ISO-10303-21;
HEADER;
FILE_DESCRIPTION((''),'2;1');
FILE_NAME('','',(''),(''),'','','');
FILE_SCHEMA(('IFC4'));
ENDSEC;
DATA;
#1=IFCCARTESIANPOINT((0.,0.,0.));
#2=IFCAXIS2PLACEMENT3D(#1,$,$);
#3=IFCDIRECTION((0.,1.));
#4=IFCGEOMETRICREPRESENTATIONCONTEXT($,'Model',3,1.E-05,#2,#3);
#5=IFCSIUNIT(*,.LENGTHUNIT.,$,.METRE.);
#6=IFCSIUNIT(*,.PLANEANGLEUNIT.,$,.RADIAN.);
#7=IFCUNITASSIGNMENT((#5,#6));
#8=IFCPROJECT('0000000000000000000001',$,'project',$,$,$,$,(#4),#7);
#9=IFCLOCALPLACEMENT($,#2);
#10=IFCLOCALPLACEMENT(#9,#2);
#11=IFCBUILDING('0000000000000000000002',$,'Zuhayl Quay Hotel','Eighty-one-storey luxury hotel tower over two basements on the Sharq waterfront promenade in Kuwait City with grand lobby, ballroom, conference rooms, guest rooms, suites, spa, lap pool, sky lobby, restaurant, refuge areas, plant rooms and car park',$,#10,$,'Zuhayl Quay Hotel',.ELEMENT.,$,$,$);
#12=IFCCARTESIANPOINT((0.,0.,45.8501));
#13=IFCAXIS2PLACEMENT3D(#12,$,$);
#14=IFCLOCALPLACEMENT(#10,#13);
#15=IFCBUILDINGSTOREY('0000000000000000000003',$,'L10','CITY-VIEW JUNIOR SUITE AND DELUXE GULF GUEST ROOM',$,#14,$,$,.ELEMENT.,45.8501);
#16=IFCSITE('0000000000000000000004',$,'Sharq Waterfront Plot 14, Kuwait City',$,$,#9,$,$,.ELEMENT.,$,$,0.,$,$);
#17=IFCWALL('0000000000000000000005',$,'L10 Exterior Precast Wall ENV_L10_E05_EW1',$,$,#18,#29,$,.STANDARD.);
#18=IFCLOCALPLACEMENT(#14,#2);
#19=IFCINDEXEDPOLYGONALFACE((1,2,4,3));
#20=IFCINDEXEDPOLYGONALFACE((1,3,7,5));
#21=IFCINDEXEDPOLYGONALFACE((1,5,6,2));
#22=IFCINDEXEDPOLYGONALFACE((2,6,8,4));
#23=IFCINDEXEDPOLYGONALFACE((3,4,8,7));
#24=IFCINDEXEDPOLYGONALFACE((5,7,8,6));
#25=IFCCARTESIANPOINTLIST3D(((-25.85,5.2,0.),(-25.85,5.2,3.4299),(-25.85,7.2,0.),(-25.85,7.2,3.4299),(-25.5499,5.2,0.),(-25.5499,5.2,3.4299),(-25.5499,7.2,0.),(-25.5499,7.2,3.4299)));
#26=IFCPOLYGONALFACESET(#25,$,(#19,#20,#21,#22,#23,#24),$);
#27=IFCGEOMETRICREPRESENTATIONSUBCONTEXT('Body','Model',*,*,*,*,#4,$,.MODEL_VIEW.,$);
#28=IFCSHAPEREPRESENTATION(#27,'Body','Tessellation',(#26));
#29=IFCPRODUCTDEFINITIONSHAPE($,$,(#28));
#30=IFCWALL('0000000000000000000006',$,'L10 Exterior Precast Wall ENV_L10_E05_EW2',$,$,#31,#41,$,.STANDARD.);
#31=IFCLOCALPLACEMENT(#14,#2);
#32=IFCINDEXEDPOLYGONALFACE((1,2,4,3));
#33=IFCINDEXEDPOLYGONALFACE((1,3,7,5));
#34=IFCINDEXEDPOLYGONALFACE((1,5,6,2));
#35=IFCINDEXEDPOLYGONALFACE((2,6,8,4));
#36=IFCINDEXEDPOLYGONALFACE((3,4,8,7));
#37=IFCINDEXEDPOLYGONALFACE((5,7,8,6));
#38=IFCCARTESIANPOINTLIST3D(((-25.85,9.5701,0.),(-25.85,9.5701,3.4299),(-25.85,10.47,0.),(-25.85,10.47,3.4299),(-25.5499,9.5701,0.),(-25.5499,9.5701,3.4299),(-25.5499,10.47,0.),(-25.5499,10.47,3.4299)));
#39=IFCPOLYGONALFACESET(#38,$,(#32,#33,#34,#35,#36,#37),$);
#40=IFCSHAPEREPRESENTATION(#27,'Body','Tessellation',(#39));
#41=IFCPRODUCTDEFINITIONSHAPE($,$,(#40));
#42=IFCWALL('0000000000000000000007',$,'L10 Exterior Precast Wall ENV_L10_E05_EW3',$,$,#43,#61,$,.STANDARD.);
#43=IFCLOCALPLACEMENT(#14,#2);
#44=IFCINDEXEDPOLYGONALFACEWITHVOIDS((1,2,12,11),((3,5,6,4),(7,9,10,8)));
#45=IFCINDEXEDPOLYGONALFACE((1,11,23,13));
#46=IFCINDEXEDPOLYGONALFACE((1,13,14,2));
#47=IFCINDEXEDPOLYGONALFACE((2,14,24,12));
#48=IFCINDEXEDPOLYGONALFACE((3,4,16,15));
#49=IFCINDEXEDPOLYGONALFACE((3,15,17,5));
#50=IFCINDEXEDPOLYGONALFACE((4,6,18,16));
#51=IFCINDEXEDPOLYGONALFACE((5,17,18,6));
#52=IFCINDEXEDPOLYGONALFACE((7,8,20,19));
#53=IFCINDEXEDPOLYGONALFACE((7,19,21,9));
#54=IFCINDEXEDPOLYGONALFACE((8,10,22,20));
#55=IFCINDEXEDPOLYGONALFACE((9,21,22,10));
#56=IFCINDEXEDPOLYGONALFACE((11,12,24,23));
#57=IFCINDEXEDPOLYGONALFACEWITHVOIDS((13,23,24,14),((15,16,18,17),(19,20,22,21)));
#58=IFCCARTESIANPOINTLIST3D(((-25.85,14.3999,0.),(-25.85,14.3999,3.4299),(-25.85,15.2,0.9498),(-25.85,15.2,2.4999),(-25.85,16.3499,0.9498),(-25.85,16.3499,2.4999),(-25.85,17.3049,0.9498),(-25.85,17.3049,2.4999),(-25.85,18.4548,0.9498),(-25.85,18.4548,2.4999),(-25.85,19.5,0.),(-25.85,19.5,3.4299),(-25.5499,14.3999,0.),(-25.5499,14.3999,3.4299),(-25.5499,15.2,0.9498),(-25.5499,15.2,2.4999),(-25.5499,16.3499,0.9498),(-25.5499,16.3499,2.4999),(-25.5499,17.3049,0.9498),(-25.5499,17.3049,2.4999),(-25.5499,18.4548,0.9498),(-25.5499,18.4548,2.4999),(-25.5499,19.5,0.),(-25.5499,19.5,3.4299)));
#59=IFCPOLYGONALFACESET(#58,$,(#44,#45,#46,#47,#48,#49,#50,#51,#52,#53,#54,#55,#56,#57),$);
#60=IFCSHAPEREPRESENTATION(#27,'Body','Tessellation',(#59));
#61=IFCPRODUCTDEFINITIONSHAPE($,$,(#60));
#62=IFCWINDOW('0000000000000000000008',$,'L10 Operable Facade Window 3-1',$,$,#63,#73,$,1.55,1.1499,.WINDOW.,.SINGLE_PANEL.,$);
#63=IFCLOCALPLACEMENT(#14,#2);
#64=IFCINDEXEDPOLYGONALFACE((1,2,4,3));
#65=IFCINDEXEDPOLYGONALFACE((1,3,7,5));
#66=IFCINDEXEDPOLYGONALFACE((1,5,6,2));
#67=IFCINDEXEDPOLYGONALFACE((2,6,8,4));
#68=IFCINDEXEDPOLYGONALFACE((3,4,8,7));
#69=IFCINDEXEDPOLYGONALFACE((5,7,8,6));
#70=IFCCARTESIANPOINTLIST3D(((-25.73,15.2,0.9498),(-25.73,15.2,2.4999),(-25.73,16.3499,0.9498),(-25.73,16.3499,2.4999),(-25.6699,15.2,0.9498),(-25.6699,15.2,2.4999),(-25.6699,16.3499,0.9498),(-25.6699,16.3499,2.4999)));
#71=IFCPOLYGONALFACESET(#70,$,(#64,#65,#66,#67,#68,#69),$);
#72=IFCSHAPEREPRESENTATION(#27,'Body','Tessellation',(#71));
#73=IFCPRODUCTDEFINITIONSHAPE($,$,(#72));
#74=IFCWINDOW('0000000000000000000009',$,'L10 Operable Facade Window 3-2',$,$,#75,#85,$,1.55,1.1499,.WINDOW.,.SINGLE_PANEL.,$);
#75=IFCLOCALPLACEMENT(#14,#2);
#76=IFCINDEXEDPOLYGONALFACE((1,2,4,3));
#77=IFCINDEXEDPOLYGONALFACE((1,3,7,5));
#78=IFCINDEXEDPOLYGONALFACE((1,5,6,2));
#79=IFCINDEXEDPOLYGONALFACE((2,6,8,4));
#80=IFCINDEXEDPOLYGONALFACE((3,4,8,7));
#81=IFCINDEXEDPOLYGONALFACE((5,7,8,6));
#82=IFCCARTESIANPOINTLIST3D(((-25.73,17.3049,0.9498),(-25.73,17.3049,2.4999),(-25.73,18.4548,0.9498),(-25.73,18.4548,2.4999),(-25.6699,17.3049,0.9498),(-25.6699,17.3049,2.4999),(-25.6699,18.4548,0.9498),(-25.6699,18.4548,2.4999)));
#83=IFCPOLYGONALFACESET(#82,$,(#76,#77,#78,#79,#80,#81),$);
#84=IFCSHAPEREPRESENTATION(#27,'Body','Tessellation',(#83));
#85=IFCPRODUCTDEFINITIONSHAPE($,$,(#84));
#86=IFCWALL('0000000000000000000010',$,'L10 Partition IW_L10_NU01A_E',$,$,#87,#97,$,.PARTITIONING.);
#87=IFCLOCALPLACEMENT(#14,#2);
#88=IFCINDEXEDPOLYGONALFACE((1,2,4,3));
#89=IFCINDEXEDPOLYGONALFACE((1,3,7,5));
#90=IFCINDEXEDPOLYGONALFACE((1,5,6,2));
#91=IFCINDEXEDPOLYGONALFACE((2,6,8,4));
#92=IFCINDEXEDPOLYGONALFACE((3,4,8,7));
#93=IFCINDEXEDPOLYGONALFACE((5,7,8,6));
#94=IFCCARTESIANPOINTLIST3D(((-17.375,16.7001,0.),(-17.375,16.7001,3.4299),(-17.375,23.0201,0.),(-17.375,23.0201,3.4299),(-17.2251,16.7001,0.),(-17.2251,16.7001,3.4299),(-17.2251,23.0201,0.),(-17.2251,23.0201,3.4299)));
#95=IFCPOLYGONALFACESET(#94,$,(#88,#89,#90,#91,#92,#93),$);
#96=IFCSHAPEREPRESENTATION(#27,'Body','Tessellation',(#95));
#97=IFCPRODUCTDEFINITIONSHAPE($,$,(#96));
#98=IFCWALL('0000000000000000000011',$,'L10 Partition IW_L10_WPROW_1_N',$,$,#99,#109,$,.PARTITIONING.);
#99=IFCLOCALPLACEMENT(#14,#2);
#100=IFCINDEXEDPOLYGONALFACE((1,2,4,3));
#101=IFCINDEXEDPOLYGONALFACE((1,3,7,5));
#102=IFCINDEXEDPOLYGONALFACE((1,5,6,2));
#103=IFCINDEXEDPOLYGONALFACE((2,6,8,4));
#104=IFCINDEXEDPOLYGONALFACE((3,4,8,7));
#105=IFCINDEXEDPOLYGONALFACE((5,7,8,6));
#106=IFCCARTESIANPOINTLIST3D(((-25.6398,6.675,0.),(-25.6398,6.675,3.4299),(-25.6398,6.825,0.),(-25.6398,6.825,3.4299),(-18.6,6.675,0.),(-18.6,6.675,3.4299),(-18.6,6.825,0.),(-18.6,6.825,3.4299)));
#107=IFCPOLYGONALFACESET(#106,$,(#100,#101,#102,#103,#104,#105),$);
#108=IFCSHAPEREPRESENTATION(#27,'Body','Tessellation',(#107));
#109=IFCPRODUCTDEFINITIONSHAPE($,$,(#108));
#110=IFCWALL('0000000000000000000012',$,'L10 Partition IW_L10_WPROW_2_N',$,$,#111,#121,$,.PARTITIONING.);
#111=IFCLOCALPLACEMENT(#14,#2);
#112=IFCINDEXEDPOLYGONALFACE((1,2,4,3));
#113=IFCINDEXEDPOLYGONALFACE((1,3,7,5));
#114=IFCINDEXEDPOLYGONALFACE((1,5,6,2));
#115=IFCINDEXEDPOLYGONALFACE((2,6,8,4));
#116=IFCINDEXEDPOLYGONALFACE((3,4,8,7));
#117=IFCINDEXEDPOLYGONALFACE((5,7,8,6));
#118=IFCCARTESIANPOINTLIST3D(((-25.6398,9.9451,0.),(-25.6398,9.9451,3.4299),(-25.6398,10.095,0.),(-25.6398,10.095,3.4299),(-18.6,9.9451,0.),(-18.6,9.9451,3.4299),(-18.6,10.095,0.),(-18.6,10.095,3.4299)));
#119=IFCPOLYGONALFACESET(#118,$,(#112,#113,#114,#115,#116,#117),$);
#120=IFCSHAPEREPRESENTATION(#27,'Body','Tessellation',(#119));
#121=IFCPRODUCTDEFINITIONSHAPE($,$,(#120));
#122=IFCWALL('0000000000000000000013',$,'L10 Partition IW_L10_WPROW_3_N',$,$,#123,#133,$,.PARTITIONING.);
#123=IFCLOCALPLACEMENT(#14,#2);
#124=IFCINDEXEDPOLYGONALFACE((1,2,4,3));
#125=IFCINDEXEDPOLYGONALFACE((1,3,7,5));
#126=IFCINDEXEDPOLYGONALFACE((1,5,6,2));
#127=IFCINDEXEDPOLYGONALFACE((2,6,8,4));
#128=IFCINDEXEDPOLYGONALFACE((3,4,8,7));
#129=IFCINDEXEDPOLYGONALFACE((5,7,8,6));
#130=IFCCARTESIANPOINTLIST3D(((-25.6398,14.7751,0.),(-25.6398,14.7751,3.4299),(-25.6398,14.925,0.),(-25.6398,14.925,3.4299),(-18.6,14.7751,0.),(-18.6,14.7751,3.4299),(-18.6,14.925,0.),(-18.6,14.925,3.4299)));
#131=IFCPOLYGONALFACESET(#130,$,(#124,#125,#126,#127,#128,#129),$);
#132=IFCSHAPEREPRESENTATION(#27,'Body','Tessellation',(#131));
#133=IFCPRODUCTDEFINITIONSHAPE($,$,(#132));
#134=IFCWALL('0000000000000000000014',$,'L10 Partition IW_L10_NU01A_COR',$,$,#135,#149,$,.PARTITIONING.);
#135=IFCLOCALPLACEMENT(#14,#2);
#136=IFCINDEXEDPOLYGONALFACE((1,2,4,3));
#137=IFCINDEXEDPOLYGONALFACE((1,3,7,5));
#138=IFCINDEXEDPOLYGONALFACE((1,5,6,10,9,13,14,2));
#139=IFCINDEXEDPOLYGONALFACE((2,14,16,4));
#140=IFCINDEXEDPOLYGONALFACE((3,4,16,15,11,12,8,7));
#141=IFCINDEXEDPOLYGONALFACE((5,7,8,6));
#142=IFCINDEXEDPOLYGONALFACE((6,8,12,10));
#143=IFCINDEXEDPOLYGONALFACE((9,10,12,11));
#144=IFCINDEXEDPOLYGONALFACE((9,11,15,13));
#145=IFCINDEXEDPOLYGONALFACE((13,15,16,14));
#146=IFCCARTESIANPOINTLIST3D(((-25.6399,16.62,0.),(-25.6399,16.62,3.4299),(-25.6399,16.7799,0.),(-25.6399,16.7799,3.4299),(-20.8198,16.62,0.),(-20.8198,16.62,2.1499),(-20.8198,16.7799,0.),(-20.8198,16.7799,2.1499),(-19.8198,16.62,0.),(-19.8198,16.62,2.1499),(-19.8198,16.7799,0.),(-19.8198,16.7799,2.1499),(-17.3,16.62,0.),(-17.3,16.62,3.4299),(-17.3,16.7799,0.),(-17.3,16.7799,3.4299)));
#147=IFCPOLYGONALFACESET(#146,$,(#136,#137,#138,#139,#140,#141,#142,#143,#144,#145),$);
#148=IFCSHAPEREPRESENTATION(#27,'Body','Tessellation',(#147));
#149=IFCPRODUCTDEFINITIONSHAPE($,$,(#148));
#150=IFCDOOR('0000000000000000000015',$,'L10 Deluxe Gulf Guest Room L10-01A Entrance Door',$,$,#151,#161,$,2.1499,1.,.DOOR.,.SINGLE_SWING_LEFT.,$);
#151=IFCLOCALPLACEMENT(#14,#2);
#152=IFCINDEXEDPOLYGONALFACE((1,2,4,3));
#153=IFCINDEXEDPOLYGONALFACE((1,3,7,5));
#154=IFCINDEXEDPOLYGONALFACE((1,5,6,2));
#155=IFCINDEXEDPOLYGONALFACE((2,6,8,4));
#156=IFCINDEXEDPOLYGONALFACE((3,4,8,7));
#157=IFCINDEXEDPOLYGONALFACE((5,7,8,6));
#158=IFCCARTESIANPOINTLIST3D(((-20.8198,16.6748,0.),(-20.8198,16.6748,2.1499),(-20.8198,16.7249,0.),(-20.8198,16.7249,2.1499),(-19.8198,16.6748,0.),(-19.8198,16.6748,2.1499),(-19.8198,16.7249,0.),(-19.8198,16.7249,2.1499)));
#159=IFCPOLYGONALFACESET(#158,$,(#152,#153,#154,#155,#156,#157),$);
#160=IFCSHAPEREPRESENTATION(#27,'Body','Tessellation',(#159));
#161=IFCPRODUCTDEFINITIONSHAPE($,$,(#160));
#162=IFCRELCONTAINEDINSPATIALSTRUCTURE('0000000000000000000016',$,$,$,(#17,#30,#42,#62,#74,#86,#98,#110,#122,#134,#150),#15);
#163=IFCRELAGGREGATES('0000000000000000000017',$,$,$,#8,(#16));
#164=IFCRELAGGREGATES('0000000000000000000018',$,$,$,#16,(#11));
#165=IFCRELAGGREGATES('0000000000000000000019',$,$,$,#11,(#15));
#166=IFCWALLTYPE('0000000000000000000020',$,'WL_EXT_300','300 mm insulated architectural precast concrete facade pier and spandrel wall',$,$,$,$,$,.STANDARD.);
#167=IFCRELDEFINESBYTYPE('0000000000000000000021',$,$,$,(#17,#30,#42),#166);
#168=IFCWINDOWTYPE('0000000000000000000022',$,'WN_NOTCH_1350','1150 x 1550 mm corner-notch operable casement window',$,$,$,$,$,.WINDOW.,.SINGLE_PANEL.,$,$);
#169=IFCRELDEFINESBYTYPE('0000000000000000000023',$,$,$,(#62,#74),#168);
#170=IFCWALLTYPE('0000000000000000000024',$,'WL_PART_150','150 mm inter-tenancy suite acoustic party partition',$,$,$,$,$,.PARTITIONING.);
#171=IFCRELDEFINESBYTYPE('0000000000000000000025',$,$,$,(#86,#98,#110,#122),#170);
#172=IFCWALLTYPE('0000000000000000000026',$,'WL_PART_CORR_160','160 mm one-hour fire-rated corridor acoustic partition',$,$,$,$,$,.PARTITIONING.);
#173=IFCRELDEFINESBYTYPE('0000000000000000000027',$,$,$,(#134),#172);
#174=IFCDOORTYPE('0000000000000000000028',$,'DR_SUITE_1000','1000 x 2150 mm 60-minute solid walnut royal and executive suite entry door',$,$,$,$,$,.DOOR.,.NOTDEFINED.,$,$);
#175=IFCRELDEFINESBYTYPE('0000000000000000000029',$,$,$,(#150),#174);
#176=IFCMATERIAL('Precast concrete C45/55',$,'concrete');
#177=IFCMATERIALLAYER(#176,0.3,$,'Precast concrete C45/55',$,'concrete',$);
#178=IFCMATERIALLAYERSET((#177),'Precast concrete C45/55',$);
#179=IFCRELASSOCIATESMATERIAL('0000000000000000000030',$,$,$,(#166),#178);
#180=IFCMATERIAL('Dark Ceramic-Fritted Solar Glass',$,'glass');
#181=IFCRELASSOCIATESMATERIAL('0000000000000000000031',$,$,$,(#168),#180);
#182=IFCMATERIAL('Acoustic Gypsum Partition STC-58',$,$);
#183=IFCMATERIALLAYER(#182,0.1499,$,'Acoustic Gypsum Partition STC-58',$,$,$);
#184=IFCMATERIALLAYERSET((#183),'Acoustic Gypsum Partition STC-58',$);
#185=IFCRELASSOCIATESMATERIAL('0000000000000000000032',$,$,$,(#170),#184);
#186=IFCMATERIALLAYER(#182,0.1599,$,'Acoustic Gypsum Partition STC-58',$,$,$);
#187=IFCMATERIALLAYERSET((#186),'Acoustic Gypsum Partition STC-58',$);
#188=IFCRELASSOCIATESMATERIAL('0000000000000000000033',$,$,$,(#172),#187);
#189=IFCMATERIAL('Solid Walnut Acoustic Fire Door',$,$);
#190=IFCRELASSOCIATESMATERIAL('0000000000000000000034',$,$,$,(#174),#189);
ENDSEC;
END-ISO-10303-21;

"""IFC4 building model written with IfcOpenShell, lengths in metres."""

from ifc_helpers import new_model, si_unit, direction, frame, frame_2d, origin, place, context, subcontext, project, spatial, rectangle, extrude, material, layer, layer_set, type_object, element, fill, save


model = new_model("IFC4")

# Units and contexts
model_context = context("Model", 3, precision=1e-05, world=origin(), true_north=direction((0.0, 1.0)))
body_context = subcontext(model_context, "Body", "Model", "MODEL_VIEW")
ifc_project = project(units=[si_unit("LENGTHUNIT", "METRE"), si_unit("PLANEANGLEUNIT", "RADIAN")], contexts=[model_context])

# Site, building, storey
site_placement = place(None, origin())
site = spatial("IfcSite", under=ifc_project, at=site_placement, Name="Sharq Waterfront Plot 14, Kuwait City", CompositionType="ELEMENT", RefElevation=0.0)
building_placement = place(site_placement, origin())
building = spatial("IfcBuilding", under=site, at=building_placement, Name="Zuhayl Quay Hotel", Description="Eighty-one-storey luxury hotel tower over two basements on the Sharq waterfront promenade in Kuwait City with grand lobby, ballroom, conference rooms, guest rooms, suites, spa, lap pool, sky lobby, restaurant, refuge areas, plant rooms and car park", LongName="Zuhayl Quay Hotel", CompositionType="ELEMENT")
storey_placement = place(building_placement, frame((0.0, 0.0, 45.8501)))
storey = spatial("IfcBuildingStorey", under=building, at=storey_placement, Name="L10", Description="CITY-VIEW JUNIOR SUITE AND DELUXE GULF GUEST ROOM", CompositionType="ELEMENT", Elevation=45.8501)

# Shared definitions
ifc_material_1 = material(Name="Dark Ceramic-Fritted Solar Glass", Category="glass")

# Walls
ifc_material_2 = material(Name="Precast concrete C45/55", Category="concrete")
ifc_layer_1 = layer(ifc_material_2, 0.3, Name="Precast concrete C45/55", Category="concrete")
ifc_layer_set_1 = layer_set([ifc_layer_1], Name="Precast concrete C45/55")
wall_type_1 = type_object("IfcWallType", Name="WL_EXT_300", Description="300 mm insulated architectural precast concrete facade pier and spandrel wall", PredefinedType="STANDARD", material=ifc_layer_set_1)
wall_1_placement = place(storey_placement, frame((-25.7, 5.2, 0.0), z_axis=(0.0, 0.0, 1.0), x_axis=(0.0, 1.0, 0.0)))
element("IfcWall", 1, at=wall_1_placement, inside=storey, type_object=wall_type_1, Name="L10 Exterior Precast Wall ENV_L10_E05_EW1", PredefinedType="STANDARD", context=body_context, shape_type="SweptSolid", body=[
    extrude(rectangle(XDim=2.0, YDim=0.3, at=frame_2d((1.0, 0.0))), origin(), (0.0, 0.0, 1.0), 3.4299),
])
wall_2_placement = place(storey_placement, frame((-25.7, 9.5701, 0.0), z_axis=(0.0, 0.0, 1.0), x_axis=(0.0, 1.0, 0.0)))
element("IfcWall", 2, at=wall_2_placement, inside=storey, type_object=wall_type_1, Name="L10 Exterior Precast Wall ENV_L10_E05_EW2", PredefinedType="STANDARD", context=body_context, shape_type="SweptSolid", body=[
    extrude(rectangle(XDim=0.8999, YDim=0.3, at=frame_2d((0.45, 0.0))), origin(), (0.0, 0.0, 1.0), 3.4299),
])

# Wall, openings, windows
wall_3_placement = place(storey_placement, frame((-25.7, 14.3999, 0.0), z_axis=(0.0, 0.0, 1.0), x_axis=(0.0, 1.0, 0.0)))
wall_3 = element("IfcWall", 3, at=wall_3_placement, inside=storey, type_object=wall_type_1, Name="L10 Exterior Precast Wall ENV_L10_E05_EW3", PredefinedType="STANDARD", context=body_context, shape_type="SweptSolid", body=[
    extrude(rectangle(XDim=5.1001, YDim=0.3, at=frame_2d((2.55, 0.0))), origin(), (0.0, 0.0, 1.0), 3.4299),
])
opening_1_placement = place(wall_3_placement, frame((0.8, 0.0, 0.95)))
opening_1 = element("IfcOpeningElement", 4, at=opening_1_placement, cuts=wall_3, PredefinedType="OPENING", context=body_context, shape_type="SweptSolid", body=[
    extrude(rectangle(XDim=1.1499, YDim=1.55, at=frame_2d((0.575, 0.7749))), frame((0.0, 0.1599, 0.0), z_axis=(0.0, -1.0, 0.0), x_axis=(1.0, 0.0, 0.0)), (0.0, 0.0, 1.0), 0.3201),
])
opening_2_placement = place(wall_3_placement, frame((2.905, 0.0, 0.95)))
opening_2 = element("IfcOpeningElement", 5, at=opening_2_placement, cuts=wall_3, PredefinedType="OPENING", context=body_context, shape_type="SweptSolid", body=[
    extrude(rectangle(XDim=1.1499, YDim=1.55, at=frame_2d((0.575, 0.7749))), frame((0.0, 0.1599, 0.0), z_axis=(0.0, -1.0, 0.0), x_axis=(1.0, 0.0, 0.0)), (0.0, 0.0, 1.0), 0.3201),
])
window_type = type_object("IfcWindowType", Name="WN_NOTCH_1350", Description="1150 x 1550 mm corner-notch operable casement window", PartitioningType="SINGLE_PANEL", PredefinedType="WINDOW", material=ifc_material_1)
window_1_placement = place(opening_1_placement, origin())
window_1 = element("IfcWindow", 6, at=window_1_placement, inside=storey, type_object=window_type, Name="L10 Operable Facade Window 3-1", OverallHeight=1.55, OverallWidth=1.1499, PartitioningType="SINGLE_PANEL", PredefinedType="WINDOW", context=body_context, shape_type="SweptSolid", body=[
    extrude(rectangle(XDim=1.1499, YDim=1.55, at=frame_2d((0.575, 0.7749))), frame((0.0, 0.03, 0.0), z_axis=(0.0, -1.0, 0.0), x_axis=(1.0, 0.0, 0.0)), (0.0, 0.0, 1.0), 0.0601),
])
fill(opening_1, window_1)
window_2_placement = place(opening_2_placement, origin())
window_2 = element("IfcWindow", 7, at=window_2_placement, inside=storey, type_object=window_type, Name="L10 Operable Facade Window 3-2", OverallHeight=1.55, OverallWidth=1.1499, PartitioningType="SINGLE_PANEL", PredefinedType="WINDOW", context=body_context, shape_type="SweptSolid", body=[
    extrude(rectangle(XDim=1.1499, YDim=1.55, at=frame_2d((0.575, 0.7749))), frame((0.0, 0.03, 0.0), z_axis=(0.0, -1.0, 0.0), x_axis=(1.0, 0.0, 0.0)), (0.0, 0.0, 1.0), 0.0601),
])
fill(opening_2, window_2)

# Walls
ifc_material_3 = material(Name="Acoustic Gypsum Partition STC-58")
ifc_layer_2 = layer(ifc_material_3, 0.1499, Name="Acoustic Gypsum Partition STC-58")
ifc_layer_set_2 = layer_set([ifc_layer_2], Name="Acoustic Gypsum Partition STC-58")
wall_type_2 = type_object("IfcWallType", Name="WL_PART_150", Description="150 mm inter-tenancy suite acoustic party partition", PredefinedType="PARTITIONING", material=ifc_layer_set_2)
wall_4_placement = place(storey_placement, frame((-17.3, 16.7, 0.0), z_axis=(0.0, 0.0, 1.0), x_axis=(0.0, 1.0, 0.0)))
element("IfcWall", 8, at=wall_4_placement, inside=storey, type_object=wall_type_2, Name="L10 Partition IW_L10_NU01A_E", PredefinedType="PARTITIONING", context=body_context, shape_type="SweptSolid", body=[
    extrude(rectangle(XDim=6.3201, YDim=0.1499, at=frame_2d((3.1602, 0.0))), origin(), (0.0, 0.0, 1.0), 3.4299),
])
for number, where, z_axis, x_axis, name in (
    (9, (-25.6399, 6.75, 0.0), (0.0, 0.0, 1.0), (1.0, 0.0, 0.0), "L10 Partition IW_L10_WPROW_1_N"),
    (10, (-25.6399, 10.02, 0.0), (0.0, 0.0, 1.0), (1.0, 0.0, 0.0), "L10 Partition IW_L10_WPROW_2_N"),
    (11, (-25.6399, 14.8501, 0.0), (0.0, 0.0, 1.0), (1.0, 0.0, 0.0), "L10 Partition IW_L10_WPROW_3_N"),
):
    element("IfcWall", number, at=place(storey_placement, frame(where, z_axis=z_axis, x_axis=x_axis)), inside=storey, type_object=wall_type_2, Name=name, PredefinedType="PARTITIONING", context=body_context, shape_type="SweptSolid", body=[
        extrude(rectangle(XDim=7.0398, YDim=0.1499, at=frame_2d((3.52, 0.0))), origin(), (0.0, 0.0, 1.0), 3.4299),
    ])

# Wall, opening, door
ifc_layer_3 = layer(ifc_material_3, 0.1599, Name="Acoustic Gypsum Partition STC-58")
ifc_layer_set_3 = layer_set([ifc_layer_3], Name="Acoustic Gypsum Partition STC-58")
wall_type_3 = type_object("IfcWallType", Name="WL_PART_CORR_160", Description="160 mm one-hour fire-rated corridor acoustic partition", PredefinedType="PARTITIONING", material=ifc_layer_set_3)
wall_5_placement = place(storey_placement, frame((-25.6399, 16.7, 0.0), z_axis=(0.0, 0.0, 1.0), x_axis=(1.0, 0.0, 0.0)))
wall_5 = element("IfcWall", 12, at=wall_5_placement, inside=storey, type_object=wall_type_3, Name="L10 Partition IW_L10_NU01A_COR", PredefinedType="PARTITIONING", context=body_context, shape_type="SweptSolid", body=[
    extrude(rectangle(XDim=8.3398, YDim=0.1599, at=frame_2d((4.1699, 0.0))), origin(), (0.0, 0.0, 1.0), 3.4299),
])
opening_3_placement = place(wall_5_placement, frame((4.8201, 0.0, 0.0)))
opening_3 = element("IfcOpeningElement", 13, at=opening_3_placement, cuts=wall_5, PredefinedType="OPENING", context=body_context, shape_type="SweptSolid", body=[
    extrude(rectangle(XDim=1.0, YDim=2.1499, at=frame_2d((0.5, 1.075))), frame((0.0, 0.0898, 0.0), z_axis=(0.0, -1.0, 0.0), x_axis=(1.0, 0.0, 0.0)), (0.0, 0.0, 1.0), 0.1799),
])
ifc_material_4 = material(Name="Solid Walnut Acoustic Fire Door")
door_type_1 = type_object("IfcDoorType", Name="DR_SUITE_1000", Description="1000 x 2150 mm 60-minute solid walnut royal and executive suite entry door", OperationType="NOTDEFINED", PredefinedType="DOOR", material=ifc_material_4)
door_1_placement = place(opening_3_placement, origin())
door_1 = element("IfcDoor", 14, at=door_1_placement, inside=storey, type_object=door_type_1, Name="L10 Deluxe Gulf Guest Room L10-01A Entrance Door", OperationType="SINGLE_SWING_LEFT", OverallHeight=2.1499, OverallWidth=1.0, PredefinedType="DOOR", context=body_context, shape_type="SweptSolid", body=[
    extrude(rectangle(XDim=1.0, YDim=2.1499, at=frame_2d((0.5, 1.075))), frame((0.0, 0.0249, 0.0), z_axis=(0.0, -1.0, 0.0), x_axis=(1.0, 0.0, 0.0)), (0.0, 0.0, 1.0), 0.05),
])
fill(opening_3, door_1)

save(model, "model.ifc")
